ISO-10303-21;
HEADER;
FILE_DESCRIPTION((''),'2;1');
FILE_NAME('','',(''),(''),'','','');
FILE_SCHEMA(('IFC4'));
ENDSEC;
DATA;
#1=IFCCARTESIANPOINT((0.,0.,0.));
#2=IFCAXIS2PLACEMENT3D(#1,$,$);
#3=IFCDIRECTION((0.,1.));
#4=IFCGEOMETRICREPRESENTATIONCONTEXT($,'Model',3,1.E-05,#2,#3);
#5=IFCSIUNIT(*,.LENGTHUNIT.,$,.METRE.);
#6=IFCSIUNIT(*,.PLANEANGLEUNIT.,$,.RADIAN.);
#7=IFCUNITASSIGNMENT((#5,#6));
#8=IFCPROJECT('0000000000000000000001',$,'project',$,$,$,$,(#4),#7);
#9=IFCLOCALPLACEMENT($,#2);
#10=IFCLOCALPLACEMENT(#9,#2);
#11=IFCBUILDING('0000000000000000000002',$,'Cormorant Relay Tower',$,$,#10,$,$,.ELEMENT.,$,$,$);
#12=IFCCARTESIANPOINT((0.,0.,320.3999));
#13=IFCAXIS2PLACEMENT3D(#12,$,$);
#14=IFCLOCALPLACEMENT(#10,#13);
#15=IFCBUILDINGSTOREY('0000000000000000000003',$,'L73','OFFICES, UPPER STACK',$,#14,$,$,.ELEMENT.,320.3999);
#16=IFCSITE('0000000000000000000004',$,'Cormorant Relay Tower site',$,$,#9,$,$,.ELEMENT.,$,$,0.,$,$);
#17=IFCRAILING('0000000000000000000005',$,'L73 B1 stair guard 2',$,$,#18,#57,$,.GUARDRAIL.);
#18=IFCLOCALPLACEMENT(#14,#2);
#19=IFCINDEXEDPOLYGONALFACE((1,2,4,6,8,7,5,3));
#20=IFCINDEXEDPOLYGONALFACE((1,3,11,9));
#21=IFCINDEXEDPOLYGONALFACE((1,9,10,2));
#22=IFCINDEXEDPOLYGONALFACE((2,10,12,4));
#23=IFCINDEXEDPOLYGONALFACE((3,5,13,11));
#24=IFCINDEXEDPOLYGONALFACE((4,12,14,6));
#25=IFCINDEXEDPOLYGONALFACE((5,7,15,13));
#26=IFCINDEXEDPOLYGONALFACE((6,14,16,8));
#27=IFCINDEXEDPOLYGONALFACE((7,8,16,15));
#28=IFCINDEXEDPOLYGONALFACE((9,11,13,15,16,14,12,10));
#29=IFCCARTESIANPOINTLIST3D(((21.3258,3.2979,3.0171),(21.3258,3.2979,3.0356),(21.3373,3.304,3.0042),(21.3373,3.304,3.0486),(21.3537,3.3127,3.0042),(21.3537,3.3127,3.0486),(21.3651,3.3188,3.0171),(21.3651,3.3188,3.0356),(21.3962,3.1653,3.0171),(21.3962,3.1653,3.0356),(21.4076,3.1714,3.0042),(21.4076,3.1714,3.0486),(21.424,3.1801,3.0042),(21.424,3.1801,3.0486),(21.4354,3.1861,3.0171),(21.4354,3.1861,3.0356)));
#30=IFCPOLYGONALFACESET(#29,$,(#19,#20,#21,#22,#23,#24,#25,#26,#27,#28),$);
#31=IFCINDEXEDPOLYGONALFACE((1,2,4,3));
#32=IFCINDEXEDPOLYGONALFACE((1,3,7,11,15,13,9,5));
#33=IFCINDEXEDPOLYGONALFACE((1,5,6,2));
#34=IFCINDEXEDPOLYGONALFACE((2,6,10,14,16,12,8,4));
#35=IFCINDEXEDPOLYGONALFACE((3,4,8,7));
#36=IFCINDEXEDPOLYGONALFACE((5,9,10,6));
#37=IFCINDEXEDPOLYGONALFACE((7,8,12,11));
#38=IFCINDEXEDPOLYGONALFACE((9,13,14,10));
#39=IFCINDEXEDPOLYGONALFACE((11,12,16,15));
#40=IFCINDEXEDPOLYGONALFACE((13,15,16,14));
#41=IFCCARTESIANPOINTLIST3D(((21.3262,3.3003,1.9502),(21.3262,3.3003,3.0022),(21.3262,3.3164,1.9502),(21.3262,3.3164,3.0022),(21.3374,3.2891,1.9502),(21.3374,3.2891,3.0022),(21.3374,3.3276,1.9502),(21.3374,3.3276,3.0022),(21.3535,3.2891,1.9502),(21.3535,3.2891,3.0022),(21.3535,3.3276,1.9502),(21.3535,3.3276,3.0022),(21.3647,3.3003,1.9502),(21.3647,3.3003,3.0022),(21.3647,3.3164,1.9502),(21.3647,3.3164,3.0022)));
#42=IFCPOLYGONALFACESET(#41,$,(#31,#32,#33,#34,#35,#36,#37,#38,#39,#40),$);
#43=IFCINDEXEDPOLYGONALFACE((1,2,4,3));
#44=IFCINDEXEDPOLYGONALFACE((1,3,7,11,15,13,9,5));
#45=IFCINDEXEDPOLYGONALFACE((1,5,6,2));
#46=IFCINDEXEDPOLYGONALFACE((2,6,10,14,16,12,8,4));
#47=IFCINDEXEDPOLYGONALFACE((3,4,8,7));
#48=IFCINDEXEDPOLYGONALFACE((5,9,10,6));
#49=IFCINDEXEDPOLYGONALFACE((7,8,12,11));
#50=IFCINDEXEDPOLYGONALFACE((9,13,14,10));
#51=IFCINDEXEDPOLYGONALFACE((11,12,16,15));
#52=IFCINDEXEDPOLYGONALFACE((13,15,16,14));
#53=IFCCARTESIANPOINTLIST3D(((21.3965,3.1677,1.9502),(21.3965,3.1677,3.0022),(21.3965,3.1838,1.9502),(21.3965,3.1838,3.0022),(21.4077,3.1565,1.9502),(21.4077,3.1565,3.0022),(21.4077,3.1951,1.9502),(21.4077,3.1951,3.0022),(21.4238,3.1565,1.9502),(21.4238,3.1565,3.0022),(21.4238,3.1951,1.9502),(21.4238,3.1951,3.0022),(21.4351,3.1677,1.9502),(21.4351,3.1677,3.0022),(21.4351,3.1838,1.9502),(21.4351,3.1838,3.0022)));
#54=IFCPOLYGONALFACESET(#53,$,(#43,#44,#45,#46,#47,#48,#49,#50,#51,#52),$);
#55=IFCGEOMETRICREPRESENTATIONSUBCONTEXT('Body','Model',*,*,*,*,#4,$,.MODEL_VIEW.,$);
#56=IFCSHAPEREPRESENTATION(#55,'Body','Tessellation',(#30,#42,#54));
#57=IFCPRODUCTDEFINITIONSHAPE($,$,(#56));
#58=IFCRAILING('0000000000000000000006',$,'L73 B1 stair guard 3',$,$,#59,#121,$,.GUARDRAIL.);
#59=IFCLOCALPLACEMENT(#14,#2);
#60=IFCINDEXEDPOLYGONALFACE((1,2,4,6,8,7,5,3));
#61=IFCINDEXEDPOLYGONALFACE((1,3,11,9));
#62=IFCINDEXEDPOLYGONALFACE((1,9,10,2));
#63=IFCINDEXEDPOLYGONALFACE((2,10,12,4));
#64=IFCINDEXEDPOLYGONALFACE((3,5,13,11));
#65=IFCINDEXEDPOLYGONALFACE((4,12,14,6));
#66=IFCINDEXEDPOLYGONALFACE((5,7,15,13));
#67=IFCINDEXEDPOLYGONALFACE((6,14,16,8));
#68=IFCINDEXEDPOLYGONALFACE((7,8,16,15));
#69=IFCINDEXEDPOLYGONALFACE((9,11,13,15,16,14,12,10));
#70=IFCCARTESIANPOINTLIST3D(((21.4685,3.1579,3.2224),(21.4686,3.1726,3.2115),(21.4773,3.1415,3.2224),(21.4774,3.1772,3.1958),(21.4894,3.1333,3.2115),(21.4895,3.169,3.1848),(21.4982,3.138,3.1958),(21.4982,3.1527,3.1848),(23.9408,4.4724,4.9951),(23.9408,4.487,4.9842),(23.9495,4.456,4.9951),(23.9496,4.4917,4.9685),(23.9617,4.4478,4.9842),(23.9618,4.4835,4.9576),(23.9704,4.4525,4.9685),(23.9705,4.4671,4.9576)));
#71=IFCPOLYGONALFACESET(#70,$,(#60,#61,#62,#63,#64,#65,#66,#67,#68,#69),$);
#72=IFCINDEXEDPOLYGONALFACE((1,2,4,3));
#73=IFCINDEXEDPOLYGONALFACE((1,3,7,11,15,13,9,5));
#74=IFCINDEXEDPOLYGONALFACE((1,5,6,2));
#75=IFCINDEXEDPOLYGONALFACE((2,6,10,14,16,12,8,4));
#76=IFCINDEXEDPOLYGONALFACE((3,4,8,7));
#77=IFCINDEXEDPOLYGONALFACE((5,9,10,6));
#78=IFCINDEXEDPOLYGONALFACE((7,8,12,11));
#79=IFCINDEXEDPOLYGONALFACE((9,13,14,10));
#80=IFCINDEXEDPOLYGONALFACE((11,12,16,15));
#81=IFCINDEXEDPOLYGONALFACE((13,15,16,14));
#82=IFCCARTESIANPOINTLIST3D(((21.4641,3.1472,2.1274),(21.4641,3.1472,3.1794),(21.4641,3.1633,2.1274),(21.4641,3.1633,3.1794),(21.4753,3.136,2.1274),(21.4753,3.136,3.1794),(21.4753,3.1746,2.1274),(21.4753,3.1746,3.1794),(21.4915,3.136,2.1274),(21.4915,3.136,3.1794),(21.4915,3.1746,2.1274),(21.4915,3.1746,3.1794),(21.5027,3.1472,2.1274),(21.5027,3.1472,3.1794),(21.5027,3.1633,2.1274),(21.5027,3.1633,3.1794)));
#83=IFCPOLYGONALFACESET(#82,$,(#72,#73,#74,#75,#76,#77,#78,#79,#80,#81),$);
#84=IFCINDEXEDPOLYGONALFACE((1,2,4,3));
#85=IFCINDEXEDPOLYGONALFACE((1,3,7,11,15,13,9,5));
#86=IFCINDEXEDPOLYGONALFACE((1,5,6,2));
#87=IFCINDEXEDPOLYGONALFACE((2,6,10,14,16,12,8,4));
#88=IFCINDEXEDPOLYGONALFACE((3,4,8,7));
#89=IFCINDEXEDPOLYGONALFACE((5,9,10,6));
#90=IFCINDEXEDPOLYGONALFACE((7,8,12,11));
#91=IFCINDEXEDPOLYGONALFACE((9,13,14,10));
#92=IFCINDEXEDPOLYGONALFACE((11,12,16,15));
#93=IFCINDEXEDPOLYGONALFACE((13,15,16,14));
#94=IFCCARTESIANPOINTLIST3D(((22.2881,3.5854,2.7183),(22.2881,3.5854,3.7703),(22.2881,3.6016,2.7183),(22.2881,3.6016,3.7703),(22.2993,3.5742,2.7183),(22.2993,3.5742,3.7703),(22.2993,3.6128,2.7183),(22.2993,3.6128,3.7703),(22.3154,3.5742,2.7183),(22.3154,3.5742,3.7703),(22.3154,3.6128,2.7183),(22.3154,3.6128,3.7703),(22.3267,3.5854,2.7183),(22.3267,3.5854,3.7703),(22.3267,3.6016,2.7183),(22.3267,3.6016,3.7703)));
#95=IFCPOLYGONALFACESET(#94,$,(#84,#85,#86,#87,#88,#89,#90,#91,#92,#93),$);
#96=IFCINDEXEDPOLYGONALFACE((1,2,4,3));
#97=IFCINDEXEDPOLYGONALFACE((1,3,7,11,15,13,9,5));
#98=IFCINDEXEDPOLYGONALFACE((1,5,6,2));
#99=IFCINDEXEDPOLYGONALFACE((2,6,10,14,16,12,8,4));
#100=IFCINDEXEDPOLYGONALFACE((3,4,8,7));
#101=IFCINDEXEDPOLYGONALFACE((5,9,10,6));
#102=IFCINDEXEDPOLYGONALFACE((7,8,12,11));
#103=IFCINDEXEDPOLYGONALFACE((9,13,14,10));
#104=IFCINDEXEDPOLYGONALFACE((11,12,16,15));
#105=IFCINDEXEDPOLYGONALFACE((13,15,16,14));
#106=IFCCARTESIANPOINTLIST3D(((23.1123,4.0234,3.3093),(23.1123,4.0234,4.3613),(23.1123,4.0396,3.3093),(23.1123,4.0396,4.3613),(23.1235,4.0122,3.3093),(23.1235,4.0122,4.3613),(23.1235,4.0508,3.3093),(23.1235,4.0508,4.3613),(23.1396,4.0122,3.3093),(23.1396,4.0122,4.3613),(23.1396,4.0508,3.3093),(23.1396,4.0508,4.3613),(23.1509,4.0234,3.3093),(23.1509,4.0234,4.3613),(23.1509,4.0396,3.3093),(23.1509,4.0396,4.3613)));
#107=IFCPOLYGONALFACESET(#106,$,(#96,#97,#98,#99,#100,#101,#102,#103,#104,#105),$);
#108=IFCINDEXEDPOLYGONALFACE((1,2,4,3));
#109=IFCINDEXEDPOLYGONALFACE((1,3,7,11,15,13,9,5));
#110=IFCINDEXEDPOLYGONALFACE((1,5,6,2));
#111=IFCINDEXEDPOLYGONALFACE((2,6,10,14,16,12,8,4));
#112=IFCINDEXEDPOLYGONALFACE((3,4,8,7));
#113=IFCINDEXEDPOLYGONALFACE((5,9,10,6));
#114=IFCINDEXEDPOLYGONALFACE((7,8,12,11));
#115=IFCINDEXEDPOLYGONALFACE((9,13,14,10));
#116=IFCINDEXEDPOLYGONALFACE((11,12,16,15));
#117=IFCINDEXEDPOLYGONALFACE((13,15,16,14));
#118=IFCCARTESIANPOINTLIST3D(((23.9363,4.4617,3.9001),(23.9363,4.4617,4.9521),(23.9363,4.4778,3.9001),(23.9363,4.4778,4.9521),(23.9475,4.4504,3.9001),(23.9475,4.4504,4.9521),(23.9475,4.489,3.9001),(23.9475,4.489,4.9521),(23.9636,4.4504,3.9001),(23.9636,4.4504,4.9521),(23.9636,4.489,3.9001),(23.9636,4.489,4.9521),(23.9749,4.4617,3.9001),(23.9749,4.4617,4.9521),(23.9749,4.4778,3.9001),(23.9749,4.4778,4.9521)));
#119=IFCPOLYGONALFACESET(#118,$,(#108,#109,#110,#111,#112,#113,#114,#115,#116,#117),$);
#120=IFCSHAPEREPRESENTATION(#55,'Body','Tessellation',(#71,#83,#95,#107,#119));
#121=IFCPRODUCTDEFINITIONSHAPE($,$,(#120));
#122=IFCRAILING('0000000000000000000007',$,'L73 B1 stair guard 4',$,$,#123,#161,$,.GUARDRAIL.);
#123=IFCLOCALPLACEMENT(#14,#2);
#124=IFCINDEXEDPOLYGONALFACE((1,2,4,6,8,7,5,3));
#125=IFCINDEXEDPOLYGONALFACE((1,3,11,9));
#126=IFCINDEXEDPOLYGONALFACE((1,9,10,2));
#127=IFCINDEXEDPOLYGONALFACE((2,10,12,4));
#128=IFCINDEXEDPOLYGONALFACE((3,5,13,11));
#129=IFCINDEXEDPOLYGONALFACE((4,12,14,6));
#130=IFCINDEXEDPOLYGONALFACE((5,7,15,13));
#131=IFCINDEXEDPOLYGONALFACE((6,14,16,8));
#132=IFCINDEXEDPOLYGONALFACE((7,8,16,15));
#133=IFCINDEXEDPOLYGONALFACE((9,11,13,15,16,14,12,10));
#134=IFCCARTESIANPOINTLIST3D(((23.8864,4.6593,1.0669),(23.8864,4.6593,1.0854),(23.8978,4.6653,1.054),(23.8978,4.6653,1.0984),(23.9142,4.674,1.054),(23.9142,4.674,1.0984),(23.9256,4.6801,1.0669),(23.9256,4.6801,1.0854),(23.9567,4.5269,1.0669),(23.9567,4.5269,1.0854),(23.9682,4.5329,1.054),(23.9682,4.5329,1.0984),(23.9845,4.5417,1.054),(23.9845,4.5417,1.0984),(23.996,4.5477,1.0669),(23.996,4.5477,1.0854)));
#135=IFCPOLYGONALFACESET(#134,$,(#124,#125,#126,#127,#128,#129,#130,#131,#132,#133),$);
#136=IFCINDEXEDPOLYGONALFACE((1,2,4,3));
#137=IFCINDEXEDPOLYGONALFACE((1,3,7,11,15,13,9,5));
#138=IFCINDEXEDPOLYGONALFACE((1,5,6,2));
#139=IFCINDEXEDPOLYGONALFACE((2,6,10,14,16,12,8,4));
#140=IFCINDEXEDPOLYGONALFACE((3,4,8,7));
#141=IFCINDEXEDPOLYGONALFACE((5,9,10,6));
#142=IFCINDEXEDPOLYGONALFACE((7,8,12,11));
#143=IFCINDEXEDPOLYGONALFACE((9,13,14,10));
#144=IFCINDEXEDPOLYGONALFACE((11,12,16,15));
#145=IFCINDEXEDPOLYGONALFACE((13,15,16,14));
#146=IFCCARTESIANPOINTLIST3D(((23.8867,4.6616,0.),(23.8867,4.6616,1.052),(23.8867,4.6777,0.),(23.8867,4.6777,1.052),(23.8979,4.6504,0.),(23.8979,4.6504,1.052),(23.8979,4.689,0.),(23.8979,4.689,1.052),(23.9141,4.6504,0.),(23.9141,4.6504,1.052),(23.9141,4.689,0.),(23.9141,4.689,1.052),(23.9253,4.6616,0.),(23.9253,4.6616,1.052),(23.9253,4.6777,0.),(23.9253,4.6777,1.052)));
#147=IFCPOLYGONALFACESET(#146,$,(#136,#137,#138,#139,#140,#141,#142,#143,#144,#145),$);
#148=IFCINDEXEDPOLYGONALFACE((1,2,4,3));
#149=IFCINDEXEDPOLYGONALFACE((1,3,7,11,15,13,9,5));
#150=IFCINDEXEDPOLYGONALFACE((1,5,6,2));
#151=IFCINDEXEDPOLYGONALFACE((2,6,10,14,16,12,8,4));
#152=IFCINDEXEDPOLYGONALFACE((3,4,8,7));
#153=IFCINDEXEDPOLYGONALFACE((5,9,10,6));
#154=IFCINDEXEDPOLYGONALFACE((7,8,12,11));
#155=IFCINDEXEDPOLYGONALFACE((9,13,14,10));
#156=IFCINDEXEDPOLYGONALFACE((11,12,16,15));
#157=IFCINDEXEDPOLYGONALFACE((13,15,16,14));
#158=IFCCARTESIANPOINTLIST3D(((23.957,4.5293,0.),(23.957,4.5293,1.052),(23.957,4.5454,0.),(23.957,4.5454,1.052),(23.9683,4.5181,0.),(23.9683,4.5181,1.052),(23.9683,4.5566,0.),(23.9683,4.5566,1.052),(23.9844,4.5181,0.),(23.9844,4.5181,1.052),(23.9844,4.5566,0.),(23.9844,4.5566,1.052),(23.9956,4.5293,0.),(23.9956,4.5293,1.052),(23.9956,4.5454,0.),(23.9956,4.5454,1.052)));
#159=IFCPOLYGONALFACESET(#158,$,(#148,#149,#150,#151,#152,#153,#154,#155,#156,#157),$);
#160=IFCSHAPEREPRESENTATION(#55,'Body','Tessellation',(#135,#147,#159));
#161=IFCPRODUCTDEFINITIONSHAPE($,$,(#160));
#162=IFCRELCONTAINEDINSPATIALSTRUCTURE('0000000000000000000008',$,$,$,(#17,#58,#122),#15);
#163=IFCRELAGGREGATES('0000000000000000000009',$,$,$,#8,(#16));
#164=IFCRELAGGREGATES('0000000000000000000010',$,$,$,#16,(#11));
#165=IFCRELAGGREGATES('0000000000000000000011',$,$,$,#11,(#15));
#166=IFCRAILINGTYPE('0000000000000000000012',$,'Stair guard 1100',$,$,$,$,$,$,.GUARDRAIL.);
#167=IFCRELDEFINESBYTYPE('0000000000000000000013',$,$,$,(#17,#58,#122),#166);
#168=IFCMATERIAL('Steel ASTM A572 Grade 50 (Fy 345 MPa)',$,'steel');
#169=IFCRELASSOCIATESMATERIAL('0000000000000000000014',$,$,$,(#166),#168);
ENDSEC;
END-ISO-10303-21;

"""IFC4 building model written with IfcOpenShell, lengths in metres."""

from ifc_helpers import new_model, si_unit, direction, frame, origin, place, context, subcontext, project, spatial, polyline, outline, extrude, material, type_object, element, save


model = new_model("IFC4")

# Units and contexts
model_context = context("Model", 3, precision=1e-05, world=origin(), true_north=direction((0.0, 1.0)))
body_context = subcontext(model_context, "Body", "Model", "MODEL_VIEW")
ifc_project = project(units=[si_unit("LENGTHUNIT", "METRE"), si_unit("PLANEANGLEUNIT", "RADIAN")], contexts=[model_context])

# Site, building, storey
site_placement = place(None, origin())
site = spatial("IfcSite", under=ifc_project, at=site_placement, Name="Cormorant Relay Tower site", CompositionType="ELEMENT", RefElevation=0.0)
building_placement = place(site_placement, origin())
building = spatial("IfcBuilding", under=site, at=building_placement, Name="Cormorant Relay Tower", CompositionType="ELEMENT")
storey_placement = place(building_placement, frame((0.0, 0.0, 320.3999)))
storey = spatial("IfcBuildingStorey", under=building, at=storey_placement, Name="L73", Description="OFFICES, UPPER STACK", CompositionType="ELEMENT", Elevation=320.3999)

# Railings
ifc_material_1 = material(Name="Steel ASTM A572 Grade 50 (Fy 345 MPa)", Category="steel")
railing_type_1 = type_object("IfcRailingType", Name="Stair guard 1100", PredefinedType="GUARDRAIL", material=ifc_material_1)
railing_1_placement = place(storey_placement, frame((21.3455, 3.3083, 1.9502)))
element("IfcRailing", 1, at=railing_1_placement, inside=storey, type_object=railing_type_1, Name="L73 B1 stair guard 2", PredefinedType="GUARDRAIL", context=body_context, shape_type="SweptSolid", body=[
    extrude(outline(polyline([(0.0222, 0.0093), (0.0093, 0.0222), (-0.0093, 0.0222), (-0.0222, 0.0093), (-0.0222, -0.0093), (-0.0093, -0.0222), (0.0093, -0.0222), (0.0222, -0.0093), (0.0222, 0.0093)])), frame((0.0, 0.0, 1.0762), z_axis=(0.46856, -0.883431, 0.0), x_axis=(0.883431, 0.46856, 0.0)), (0.0, 0.0, 1.0), 0.1501),
    extrude(outline(polyline([(0.0193, 0.0081), (0.0081, 0.0193), (-0.0081, 0.0193), (-0.0193, 0.0081), (-0.0193, -0.0081), (-0.0081, -0.0193), (0.0081, -0.0193), (0.0193, -0.0081), (0.0193, 0.0081)])), origin(), (0.0, 0.0, 1.0), 1.052),
    extrude(outline(polyline([(0.0193, 0.0081), (0.0081, 0.0193), (-0.0081, 0.0193), (-0.0193, 0.0081), (-0.0193, -0.0081), (-0.0081, -0.0193), (0.0081, -0.0193), (0.0193, -0.0081), (0.0193, 0.0081)])), frame((0.0703, -0.1326, 0.0)), (0.0, 0.0, 1.0), 1.052),
])
railing_2_placement = place(storey_placement, frame((21.4834, 3.1553, 2.1274)))
element("IfcRailing", 2, at=railing_2_placement, inside=storey, type_object=railing_type_1, Name="L73 B1 stair guard 3", PredefinedType="GUARDRAIL", context=body_context, shape_type="SweptSolid", body=[
    extrude(outline(polyline([(0.0222, 0.0093), (0.0093, 0.0222), (-0.0093, 0.0222), (-0.0222, 0.0093), (-0.0222, -0.0093), (-0.0093, -0.0222), (0.0093, -0.0222), (0.0222, -0.0093), (0.0222, 0.0093)])), frame((0.0, 0.0, 1.0762), z_axis=(0.746001, 0.396649, 0.534931), x_axis=(-0.469465, 0.882951, 0.0)), (0.0, 0.0, 1.0), 3.314),
    extrude(outline(polyline([(0.0193, 0.0081), (0.0081, 0.0193), (-0.0081, 0.0193), (-0.0193, 0.0081), (-0.0193, -0.0081), (-0.0081, -0.0193), (0.0081, -0.0193), (0.0193, -0.0081), (0.0193, 0.0081)])), origin(), (0.0, 0.0, 1.0), 1.052),
    extrude(outline(polyline([(0.0193, 0.0081), (0.0081, 0.0193), (-0.0081, 0.0193), (-0.0193, 0.0081), (-0.0193, -0.0081), (-0.0081, -0.0193), (0.0081, -0.0193), (0.0193, -0.0081), (0.0193, 0.0081)])), frame((0.824, 0.4382, 0.5908)), (0.0, 0.0, 1.0), 1.052),
    extrude(outline(polyline([(0.0193, 0.0081), (0.0081, 0.0193), (-0.0081, 0.0193), (-0.0193, 0.0081), (-0.0193, -0.0081), (-0.0081, -0.0193), (0.0081, -0.0193), (0.0193, -0.0081), (0.0193, 0.0081)])), frame((1.6482, 0.8762, 1.1819)), (0.0, 0.0, 1.0), 1.052),
    extrude(outline(polyline([(0.0193, 0.0081), (0.0081, 0.0193), (-0.0081, 0.0193), (-0.0193, 0.0081), (-0.0193, -0.0081), (-0.0081, -0.0193), (0.0081, -0.0193), (0.0193, -0.0081), (0.0193, 0.0081)])), frame((2.4722, 1.3145, 1.7727)), (0.0, 0.0, 1.0), 1.052),
])
railing_3_placement = place(storey_placement, frame((23.906, 4.6697, 0.0)))
element("IfcRailing", 3, at=railing_3_placement, inside=storey, type_object=railing_type_1, Name="L73 B1 stair guard 4", PredefinedType="GUARDRAIL", context=body_context, shape_type="SweptSolid", body=[
    extrude(outline(polyline([(0.0222, 0.0093), (0.0093, 0.0222), (-0.0093, 0.0222), (-0.0222, 0.0093), (-0.0222, -0.0093), (-0.0093, -0.0222), (0.0093, -0.0222), (0.0222, -0.0093), (0.0222, 0.0093)])), frame((0.0, 0.0, 1.0762), z_axis=(0.469235, -0.883074, 0.0), x_axis=(0.883074, 0.469235, 0.0)), (0.0, 0.0, 1.0), 0.1499),
    extrude(outline(polyline([(0.0193, 0.0081), (0.0081, 0.0193), (-0.0081, 0.0193), (-0.0193, 0.0081), (-0.0193, -0.0081), (-0.0081, -0.0193), (0.0081, -0.0193), (0.0193, -0.0081), (0.0193, 0.0081)])), origin(), (0.0, 0.0, 1.0), 1.052),
    extrude(outline(polyline([(0.0193, 0.0081), (0.0081, 0.0193), (-0.0081, 0.0193), (-0.0193, 0.0081), (-0.0193, -0.0081), (-0.0081, -0.0193), (0.0081, -0.0193), (0.0193, -0.0081), (0.0193, 0.0081)])), frame((0.0703, -0.1323, 0.0)), (0.0, 0.0, 1.0), 1.052),
])

save(model, "model.ifc")
